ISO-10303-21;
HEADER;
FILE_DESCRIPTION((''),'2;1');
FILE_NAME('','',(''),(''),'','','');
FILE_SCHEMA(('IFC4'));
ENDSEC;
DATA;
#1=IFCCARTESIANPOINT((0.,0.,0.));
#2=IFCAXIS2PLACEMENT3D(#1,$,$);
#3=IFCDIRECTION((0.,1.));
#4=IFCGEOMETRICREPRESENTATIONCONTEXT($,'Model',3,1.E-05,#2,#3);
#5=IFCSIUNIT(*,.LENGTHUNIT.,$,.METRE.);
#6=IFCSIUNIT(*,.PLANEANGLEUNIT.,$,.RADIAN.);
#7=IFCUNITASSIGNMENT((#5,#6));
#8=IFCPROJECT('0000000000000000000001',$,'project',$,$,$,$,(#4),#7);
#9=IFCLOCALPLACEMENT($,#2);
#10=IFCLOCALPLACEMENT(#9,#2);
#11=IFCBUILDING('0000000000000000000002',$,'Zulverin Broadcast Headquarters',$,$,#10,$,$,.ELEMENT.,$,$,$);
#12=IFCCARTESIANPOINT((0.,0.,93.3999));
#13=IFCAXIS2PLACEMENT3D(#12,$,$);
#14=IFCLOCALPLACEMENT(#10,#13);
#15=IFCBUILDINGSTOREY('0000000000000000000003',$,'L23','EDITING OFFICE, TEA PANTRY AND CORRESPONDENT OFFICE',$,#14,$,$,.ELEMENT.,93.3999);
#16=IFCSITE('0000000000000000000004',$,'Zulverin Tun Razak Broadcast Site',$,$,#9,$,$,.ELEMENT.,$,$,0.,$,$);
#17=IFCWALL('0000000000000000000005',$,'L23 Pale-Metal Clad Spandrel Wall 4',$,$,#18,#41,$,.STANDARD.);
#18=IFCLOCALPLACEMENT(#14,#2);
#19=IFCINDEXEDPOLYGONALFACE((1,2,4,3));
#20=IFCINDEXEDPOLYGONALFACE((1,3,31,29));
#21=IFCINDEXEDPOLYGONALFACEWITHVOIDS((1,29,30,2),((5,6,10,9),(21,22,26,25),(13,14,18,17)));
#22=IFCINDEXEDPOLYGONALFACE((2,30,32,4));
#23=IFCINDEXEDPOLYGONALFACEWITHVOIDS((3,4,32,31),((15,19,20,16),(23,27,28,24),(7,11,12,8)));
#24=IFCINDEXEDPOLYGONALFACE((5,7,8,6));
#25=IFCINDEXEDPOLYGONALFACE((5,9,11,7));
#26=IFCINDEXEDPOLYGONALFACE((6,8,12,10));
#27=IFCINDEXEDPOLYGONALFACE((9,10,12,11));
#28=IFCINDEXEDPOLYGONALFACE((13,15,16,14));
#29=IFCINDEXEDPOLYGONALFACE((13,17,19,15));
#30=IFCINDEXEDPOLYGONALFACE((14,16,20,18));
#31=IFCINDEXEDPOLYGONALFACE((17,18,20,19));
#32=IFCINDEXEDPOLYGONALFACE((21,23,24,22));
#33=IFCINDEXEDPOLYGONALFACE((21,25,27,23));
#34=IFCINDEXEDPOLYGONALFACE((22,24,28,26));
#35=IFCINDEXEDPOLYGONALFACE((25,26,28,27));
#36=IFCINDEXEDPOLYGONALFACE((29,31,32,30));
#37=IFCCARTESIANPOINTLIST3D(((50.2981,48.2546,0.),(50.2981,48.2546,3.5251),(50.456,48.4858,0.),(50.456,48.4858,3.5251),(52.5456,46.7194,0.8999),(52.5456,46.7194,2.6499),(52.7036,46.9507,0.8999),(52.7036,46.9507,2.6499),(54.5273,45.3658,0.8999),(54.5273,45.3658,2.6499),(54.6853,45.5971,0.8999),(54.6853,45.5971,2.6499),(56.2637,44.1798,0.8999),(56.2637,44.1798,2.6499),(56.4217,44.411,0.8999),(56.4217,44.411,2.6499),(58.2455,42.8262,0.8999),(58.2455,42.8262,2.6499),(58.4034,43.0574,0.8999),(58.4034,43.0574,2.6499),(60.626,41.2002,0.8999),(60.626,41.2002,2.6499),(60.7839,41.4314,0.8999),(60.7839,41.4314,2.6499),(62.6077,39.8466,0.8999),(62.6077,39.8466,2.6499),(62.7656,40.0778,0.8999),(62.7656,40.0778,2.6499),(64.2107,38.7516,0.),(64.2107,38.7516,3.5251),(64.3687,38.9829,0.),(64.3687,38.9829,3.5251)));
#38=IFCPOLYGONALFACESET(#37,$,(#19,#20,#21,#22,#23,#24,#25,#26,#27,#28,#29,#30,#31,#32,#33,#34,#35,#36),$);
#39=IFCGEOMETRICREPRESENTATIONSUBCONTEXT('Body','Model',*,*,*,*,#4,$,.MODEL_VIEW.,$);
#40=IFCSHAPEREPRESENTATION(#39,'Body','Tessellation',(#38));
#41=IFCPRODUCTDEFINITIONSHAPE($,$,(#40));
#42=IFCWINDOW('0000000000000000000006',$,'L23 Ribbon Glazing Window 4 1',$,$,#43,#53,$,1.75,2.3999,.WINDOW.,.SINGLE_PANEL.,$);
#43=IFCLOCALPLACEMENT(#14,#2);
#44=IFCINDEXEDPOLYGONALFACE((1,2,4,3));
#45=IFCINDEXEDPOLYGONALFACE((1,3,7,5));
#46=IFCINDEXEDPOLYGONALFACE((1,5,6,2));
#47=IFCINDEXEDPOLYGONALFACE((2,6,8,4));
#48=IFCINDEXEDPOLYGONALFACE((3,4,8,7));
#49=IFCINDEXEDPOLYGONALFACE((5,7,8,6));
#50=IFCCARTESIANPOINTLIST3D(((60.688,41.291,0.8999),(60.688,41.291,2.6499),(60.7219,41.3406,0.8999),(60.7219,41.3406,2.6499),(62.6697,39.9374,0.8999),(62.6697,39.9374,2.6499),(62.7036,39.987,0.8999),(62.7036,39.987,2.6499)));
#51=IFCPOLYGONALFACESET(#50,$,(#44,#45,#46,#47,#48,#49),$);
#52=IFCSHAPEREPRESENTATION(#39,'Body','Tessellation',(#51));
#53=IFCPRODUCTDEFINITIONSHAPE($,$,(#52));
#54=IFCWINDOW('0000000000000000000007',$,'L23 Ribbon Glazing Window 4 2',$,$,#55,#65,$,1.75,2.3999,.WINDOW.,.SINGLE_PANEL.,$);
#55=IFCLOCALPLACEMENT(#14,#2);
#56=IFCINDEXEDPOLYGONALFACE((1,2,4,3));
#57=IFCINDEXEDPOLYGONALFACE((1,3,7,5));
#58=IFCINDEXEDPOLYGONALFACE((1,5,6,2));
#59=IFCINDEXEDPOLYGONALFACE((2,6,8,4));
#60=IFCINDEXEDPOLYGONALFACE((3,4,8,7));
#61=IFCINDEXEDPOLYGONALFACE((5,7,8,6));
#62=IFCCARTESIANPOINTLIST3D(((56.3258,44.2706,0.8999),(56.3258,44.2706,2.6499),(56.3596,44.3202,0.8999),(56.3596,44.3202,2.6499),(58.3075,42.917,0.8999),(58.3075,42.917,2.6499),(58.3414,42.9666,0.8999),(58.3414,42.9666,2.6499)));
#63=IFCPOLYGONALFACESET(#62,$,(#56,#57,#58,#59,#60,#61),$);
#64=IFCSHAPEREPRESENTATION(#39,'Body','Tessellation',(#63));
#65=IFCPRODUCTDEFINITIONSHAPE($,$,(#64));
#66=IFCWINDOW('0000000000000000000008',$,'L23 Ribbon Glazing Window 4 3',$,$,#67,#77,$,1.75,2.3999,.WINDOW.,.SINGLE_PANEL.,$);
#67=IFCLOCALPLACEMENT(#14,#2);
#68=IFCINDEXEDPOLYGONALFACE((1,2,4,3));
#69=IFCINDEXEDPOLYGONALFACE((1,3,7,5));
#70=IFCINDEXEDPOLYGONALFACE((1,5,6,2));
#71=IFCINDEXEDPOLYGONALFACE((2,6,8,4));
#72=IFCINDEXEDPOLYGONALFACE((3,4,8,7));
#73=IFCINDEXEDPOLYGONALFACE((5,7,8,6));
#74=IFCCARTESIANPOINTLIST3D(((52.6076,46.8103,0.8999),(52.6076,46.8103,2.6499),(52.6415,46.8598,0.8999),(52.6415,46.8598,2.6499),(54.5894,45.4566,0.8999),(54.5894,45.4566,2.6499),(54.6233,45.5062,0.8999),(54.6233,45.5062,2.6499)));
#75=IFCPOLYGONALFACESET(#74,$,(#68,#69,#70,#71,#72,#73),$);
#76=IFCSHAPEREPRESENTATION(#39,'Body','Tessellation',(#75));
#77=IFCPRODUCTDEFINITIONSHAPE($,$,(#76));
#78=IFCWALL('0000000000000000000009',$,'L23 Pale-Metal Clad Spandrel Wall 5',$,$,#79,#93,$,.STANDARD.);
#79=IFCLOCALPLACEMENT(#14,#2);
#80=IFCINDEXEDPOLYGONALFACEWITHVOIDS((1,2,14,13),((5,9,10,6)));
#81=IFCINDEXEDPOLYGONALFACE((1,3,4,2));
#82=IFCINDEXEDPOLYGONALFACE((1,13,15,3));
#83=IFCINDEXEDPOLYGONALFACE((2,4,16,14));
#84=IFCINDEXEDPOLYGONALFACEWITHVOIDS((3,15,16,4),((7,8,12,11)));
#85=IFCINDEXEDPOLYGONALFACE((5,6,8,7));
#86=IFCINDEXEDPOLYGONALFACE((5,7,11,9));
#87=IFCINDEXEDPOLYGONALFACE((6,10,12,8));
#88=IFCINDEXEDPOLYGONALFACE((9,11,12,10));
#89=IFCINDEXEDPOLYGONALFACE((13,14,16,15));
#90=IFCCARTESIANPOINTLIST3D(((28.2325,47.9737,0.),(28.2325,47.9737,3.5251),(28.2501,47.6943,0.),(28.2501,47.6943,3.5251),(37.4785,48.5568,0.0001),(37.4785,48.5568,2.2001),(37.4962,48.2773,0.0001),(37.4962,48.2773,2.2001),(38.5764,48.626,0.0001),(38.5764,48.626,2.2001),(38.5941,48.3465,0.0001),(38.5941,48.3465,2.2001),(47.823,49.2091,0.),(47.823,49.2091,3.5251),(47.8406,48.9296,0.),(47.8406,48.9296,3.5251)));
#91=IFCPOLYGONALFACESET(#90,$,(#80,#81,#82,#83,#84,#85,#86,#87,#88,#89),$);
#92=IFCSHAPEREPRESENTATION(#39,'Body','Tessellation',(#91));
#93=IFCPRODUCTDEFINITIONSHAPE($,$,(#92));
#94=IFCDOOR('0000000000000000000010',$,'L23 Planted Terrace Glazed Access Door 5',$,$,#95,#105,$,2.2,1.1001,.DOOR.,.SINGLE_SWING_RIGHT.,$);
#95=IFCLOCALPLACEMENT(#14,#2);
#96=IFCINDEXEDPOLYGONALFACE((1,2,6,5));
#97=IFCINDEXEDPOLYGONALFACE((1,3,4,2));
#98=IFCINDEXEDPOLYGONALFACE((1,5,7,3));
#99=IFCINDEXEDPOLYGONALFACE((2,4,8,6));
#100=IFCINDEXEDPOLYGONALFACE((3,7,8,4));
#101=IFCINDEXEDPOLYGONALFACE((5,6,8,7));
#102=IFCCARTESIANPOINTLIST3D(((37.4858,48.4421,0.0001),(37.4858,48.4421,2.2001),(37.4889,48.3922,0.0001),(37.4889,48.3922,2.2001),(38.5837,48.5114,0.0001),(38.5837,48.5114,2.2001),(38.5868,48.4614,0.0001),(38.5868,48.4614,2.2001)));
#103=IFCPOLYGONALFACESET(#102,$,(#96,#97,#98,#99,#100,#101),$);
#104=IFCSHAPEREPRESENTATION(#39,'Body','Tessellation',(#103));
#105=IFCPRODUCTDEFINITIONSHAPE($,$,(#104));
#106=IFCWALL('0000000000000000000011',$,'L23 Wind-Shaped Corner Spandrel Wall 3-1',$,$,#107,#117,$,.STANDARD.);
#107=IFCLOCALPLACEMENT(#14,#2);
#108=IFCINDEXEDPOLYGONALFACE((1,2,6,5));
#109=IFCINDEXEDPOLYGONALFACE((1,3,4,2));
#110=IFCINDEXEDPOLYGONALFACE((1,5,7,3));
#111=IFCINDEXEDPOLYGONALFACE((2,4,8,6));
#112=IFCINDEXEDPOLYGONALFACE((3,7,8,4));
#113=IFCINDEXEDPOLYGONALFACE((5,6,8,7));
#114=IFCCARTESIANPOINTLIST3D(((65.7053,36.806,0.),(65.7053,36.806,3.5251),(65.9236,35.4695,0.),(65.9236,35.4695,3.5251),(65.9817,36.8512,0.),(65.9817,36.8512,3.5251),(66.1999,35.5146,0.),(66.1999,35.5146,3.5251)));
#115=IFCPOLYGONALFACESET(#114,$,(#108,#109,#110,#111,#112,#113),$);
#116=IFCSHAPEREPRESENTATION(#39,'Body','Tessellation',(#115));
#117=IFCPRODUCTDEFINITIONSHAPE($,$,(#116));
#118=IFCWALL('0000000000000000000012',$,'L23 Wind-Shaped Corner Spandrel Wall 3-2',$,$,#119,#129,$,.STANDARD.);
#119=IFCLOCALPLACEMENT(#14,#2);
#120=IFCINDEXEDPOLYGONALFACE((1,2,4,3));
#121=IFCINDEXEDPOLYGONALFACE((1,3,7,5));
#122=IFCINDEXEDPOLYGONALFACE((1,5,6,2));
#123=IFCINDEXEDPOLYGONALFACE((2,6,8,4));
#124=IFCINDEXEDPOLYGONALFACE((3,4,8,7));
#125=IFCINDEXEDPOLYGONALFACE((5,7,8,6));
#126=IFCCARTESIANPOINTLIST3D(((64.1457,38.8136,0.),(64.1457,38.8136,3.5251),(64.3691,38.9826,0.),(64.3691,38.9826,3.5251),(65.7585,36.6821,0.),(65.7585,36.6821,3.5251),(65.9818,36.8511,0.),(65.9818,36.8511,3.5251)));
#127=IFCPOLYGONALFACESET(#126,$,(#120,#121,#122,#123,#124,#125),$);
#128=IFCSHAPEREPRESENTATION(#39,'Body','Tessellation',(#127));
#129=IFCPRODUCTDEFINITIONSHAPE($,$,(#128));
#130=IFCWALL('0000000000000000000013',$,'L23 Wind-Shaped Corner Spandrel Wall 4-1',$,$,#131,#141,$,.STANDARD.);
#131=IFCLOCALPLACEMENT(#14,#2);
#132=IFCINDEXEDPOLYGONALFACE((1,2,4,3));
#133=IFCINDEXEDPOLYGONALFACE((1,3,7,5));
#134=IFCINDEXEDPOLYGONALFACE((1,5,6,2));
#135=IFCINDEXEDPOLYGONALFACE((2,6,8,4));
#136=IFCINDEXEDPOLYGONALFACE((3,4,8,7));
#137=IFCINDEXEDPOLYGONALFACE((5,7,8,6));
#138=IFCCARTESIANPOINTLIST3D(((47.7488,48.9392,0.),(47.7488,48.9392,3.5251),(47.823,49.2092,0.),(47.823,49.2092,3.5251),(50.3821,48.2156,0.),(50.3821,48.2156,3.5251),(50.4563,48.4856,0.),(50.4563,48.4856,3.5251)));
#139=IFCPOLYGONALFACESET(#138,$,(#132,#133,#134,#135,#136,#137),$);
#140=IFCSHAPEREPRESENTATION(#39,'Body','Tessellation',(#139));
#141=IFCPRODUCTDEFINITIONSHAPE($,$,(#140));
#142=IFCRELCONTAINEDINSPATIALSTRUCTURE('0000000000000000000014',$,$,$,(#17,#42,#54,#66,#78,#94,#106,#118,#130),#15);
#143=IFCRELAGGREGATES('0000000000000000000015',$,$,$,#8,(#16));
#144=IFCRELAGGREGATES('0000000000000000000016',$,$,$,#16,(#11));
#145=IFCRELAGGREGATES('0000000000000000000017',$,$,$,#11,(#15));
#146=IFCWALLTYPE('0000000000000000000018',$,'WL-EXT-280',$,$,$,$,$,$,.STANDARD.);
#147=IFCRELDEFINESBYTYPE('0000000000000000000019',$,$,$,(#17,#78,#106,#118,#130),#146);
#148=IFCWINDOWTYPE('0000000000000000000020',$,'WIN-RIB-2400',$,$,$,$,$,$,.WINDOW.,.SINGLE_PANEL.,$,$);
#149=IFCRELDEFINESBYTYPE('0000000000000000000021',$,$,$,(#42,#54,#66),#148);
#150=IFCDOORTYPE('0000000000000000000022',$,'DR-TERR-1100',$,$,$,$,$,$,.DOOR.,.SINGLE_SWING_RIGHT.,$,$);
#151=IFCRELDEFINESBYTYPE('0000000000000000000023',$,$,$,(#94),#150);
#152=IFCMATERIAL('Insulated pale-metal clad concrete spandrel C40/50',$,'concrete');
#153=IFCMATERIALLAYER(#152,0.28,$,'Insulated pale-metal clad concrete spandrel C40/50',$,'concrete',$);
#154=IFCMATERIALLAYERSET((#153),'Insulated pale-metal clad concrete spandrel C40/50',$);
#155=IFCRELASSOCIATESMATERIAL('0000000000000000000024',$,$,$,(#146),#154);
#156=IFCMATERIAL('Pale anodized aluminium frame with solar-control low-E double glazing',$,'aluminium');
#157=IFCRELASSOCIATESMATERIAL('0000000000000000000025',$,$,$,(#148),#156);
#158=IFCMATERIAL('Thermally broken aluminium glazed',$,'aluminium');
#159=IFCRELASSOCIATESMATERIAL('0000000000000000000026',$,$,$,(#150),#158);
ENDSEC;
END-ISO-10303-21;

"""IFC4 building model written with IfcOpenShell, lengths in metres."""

from ifc_helpers import new_model, si_unit, direction, frame, frame_2d, origin, place, context, subcontext, project, spatial, rectangle, extrude, material, layer, layer_set, type_object, element, fill, save


model = new_model("IFC4")

# Units and contexts
model_context = context("Model", 3, precision=1e-05, world=origin(), true_north=direction((0.0, 1.0)))
body_context = subcontext(model_context, "Body", "Model", "MODEL_VIEW")
ifc_project = project(units=[si_unit("LENGTHUNIT", "METRE"), si_unit("PLANEANGLEUNIT", "RADIAN")], contexts=[model_context])

# Site, building, storey
site_placement = place(None, origin())
site = spatial("IfcSite", under=ifc_project, at=site_placement, Name="Zulverin Tun Razak Broadcast Site", CompositionType="ELEMENT", RefElevation=0.0)
building_placement = place(site_placement, origin())
building = spatial("IfcBuilding", under=site, at=building_placement, Name="Zulverin Broadcast Headquarters", CompositionType="ELEMENT")
storey_placement = place(building_placement, frame((0.0, 0.0, 93.3999)))
storey = spatial("IfcBuildingStorey", under=building, at=storey_placement, Name="L23", Description="EDITING OFFICE, TEA PANTRY AND CORRESPONDENT OFFICE", CompositionType="ELEMENT", Elevation=93.3999)

# Wall, openings, windows
ifc_material_1 = material(Name="Insulated pale-metal clad concrete spandrel C40/50", Category="concrete")
ifc_layer_1 = layer(ifc_material_1, 0.28, Name="Insulated pale-metal clad concrete spandrel C40/50", Category="concrete")
ifc_layer_set_1 = layer_set([ifc_layer_1], Name="Insulated pale-metal clad concrete spandrel C40/50")
wall_type = type_object("IfcWallType", Name="WL-EXT-280", PredefinedType="STANDARD", material=ifc_layer_set_1)
wall_1_placement = place(storey_placement, frame((64.2898, 38.8672, 0.0), z_axis=(0.0, 0.0, 1.0), x_axis=(-0.825756, 0.564028, 0.0)))
wall_1 = element("IfcWall", 1, at=wall_1_placement, inside=storey, type_object=wall_type, Name="L23 Pale-Metal Clad Spandrel Wall 4", PredefinedType="STANDARD", context=body_context, shape_type="SweptSolid", body=[
    extrude(rectangle(XDim=16.8484, YDim=0.28, at=frame_2d((8.4243, 0.0))), origin(), (0.0, 0.0, 1.0), 3.5251),
])
opening_1_placement = place(wall_1_placement, frame((1.9414, 0.0, 0.8999)))
opening_1 = element("IfcOpeningElement", 2, at=opening_1_placement, cuts=wall_1, PredefinedType="OPENING", context=body_context, shape_type="SweptSolid", body=[
    extrude(rectangle(XDim=2.3999, YDim=1.75, at=frame_2d((1.2, 0.875))), frame((0.0, 0.1499, 0.0), z_axis=(0.0, -1.0, 0.0), x_axis=(1.0, 0.0, 0.0)), (0.0, 0.0, 1.0), 0.3),
])
opening_2_placement = place(wall_1_placement, frame((7.2241, 0.0, 0.8999)))
opening_2 = element("IfcOpeningElement", 3, at=opening_2_placement, cuts=wall_1, PredefinedType="OPENING", context=body_context, shape_type="SweptSolid", body=[
    extrude(rectangle(XDim=2.3999, YDim=1.75, at=frame_2d((1.2, 0.875))), frame((0.0, 0.1499, 0.0), z_axis=(0.0, -1.0, 0.0), x_axis=(1.0, 0.0, 0.0)), (0.0, 0.0, 1.0), 0.3),
])
opening_3_placement = place(wall_1_placement, frame((11.7268, 0.0, 0.8999)))
opening_3 = element("IfcOpeningElement", 4, at=opening_3_placement, cuts=wall_1, PredefinedType="OPENING", context=body_context, shape_type="SweptSolid", body=[
    extrude(rectangle(XDim=2.3999, YDim=1.75, at=frame_2d((1.2, 0.875))), frame((0.0, 0.1499, 0.0), z_axis=(0.0, -1.0, 0.0), x_axis=(1.0, 0.0, 0.0)), (0.0, 0.0, 1.0), 0.3),
])
ifc_material_2 = material(Name="Pale anodized aluminium frame with solar-control low-E double glazing", Category="aluminium")
window_type = type_object("IfcWindowType", Name="WIN-RIB-2400", PartitioningType="SINGLE_PANEL", PredefinedType="WINDOW", material=ifc_material_2)
window_1_placement = place(opening_1_placement, origin())
window_1 = element("IfcWindow", 5, at=window_1_placement, inside=storey, type_object=window_type, Name="L23 Ribbon Glazing Window 4 1", OverallHeight=1.75, OverallWidth=2.3999, PartitioningType="SINGLE_PANEL", PredefinedType="WINDOW", context=body_context, shape_type="SweptSolid", body=[
    extrude(rectangle(XDim=2.3999, YDim=1.75, at=frame_2d((1.2, 0.875))), frame((0.0, 0.03, 0.0), z_axis=(0.0, -1.0, 0.0), x_axis=(1.0, 0.0, 0.0)), (0.0, 0.0, 1.0), 0.0601),
])
fill(opening_1, window_1)
window_2_placement = place(opening_2_placement, origin())
window_2 = element("IfcWindow", 6, at=window_2_placement, inside=storey, type_object=window_type, Name="L23 Ribbon Glazing Window 4 2", OverallHeight=1.75, OverallWidth=2.3999, PartitioningType="SINGLE_PANEL", PredefinedType="WINDOW", context=body_context, shape_type="SweptSolid", body=[
    extrude(rectangle(XDim=2.3999, YDim=1.75, at=frame_2d((1.2, 0.875))), frame((0.0, 0.03, 0.0), z_axis=(0.0, -1.0, 0.0), x_axis=(1.0, 0.0, 0.0)), (0.0, 0.0, 1.0), 0.0601),
])
fill(opening_2, window_2)
window_3_placement = place(opening_3_placement, origin())
window_3 = element("IfcWindow", 7, at=window_3_placement, inside=storey, type_object=window_type, Name="L23 Ribbon Glazing Window 4 3", OverallHeight=1.75, OverallWidth=2.3999, PartitioningType="SINGLE_PANEL", PredefinedType="WINDOW", context=body_context, shape_type="SweptSolid", body=[
    extrude(rectangle(XDim=2.3999, YDim=1.75, at=frame_2d((1.2, 0.875))), frame((0.0, 0.03, 0.0), z_axis=(0.0, -1.0, 0.0), x_axis=(1.0, 0.0, 0.0)), (0.0, 0.0, 1.0), 0.0601),
])
fill(opening_3, window_3)

# Wall, opening, door
wall_2_placement = place(storey_placement, frame((47.8318, 49.0693, 0.0), z_axis=(0.0, 0.0, 1.0), x_axis=(-0.998018, -0.062933, 0.0)))
wall_2 = element("IfcWall", 8, at=wall_2_placement, inside=storey, type_object=wall_type, Name="L23 Pale-Metal Clad Spandrel Wall 5", PredefinedType="STANDARD", context=body_context, shape_type="SweptSolid", body=[
    extrude(rectangle(XDim=19.6294, YDim=0.28, at=frame_2d((9.8147, 0.0))), origin(), (0.0, 0.0, 1.0), 3.5251),
])
opening_4_placement = place(wall_2_placement, frame((9.2649, 0.0, 0.0)))
opening_4 = element("IfcOpeningElement", 9, at=opening_4_placement, cuts=wall_2, PredefinedType="OPENING", context=body_context, shape_type="SweptSolid", body=[
    extrude(rectangle(XDim=1.1001, YDim=2.2, at=frame_2d((0.55, 1.1001))), frame((0.0, 0.1499, 0.0), z_axis=(0.0, -1.0, 0.0), x_axis=(1.0, 0.0, 0.0)), (0.0, 0.0, 1.0), 0.3),
])
ifc_material_3 = material(Name="Thermally broken aluminium glazed", Category="aluminium")
door_type = type_object("IfcDoorType", Name="DR-TERR-1100", OperationType="SINGLE_SWING_RIGHT", PredefinedType="DOOR", material=ifc_material_3)
door_placement = place(opening_4_placement, origin())
door = element("IfcDoor", 10, at=door_placement, inside=storey, type_object=door_type, Name="L23 Planted Terrace Glazed Access Door 5", OperationType="SINGLE_SWING_RIGHT", OverallHeight=2.2, OverallWidth=1.1001, PredefinedType="DOOR", context=body_context, shape_type="SweptSolid", body=[
    extrude(rectangle(XDim=1.1001, YDim=2.2, at=frame_2d((0.55, 1.1001))), frame((0.0, 0.0249, 0.0), z_axis=(0.0, -1.0, 0.0), x_axis=(1.0, 0.0, 0.0)), (0.0, 0.0, 1.0), 0.05),
])
fill(opening_4, door)

# Walls
wall_3_placement = place(storey_placement, frame((66.0618, 35.4919, 0.0), z_axis=(0.0, 0.0, 1.0), x_axis=(-0.161182, 0.986925, 0.0)))
element("IfcWall", 11, at=wall_3_placement, inside=storey, type_object=wall_type, Name="L23 Wind-Shaped Corner Spandrel Wall 3-1", PredefinedType="STANDARD", context=body_context, shape_type="SweptSolid", body=[
    extrude(rectangle(XDim=1.3542, YDim=0.28, at=frame_2d((0.6772, 0.0))), origin(), (0.0, 0.0, 1.0), 3.5251),
])
wall_4_placement = place(storey_placement, frame((65.8701, 36.7666, 0.0), z_axis=(0.0, 0.0, 1.0), x_axis=(-0.60337, 0.797461, 0.0)))
element("IfcWall", 12, at=wall_4_placement, inside=storey, type_object=wall_type, Name="L23 Wind-Shaped Corner Spandrel Wall 3-2", PredefinedType="STANDARD", context=body_context, shape_type="SweptSolid", body=[
    extrude(rectangle(XDim=2.6729, YDim=0.28, at=frame_2d((1.3364, 0.0))), origin(), (0.0, 0.0, 1.0), 3.5251),
])
wall_5_placement = place(storey_placement, frame((50.4192, 48.3506, 0.0), z_axis=(0.0, 0.0, 1.0), x_axis=(-0.964255, 0.264978, 0.0)))
element("IfcWall", 13, at=wall_5_placement, inside=storey, type_object=wall_type, Name="L23 Wind-Shaped Corner Spandrel Wall 4-1", PredefinedType="STANDARD", context=body_context, shape_type="SweptSolid", body=[
    extrude(rectangle(XDim=2.731, YDim=0.28, at=frame_2d((1.3655, 0.0))), origin(), (0.0, 0.0, 1.0), 3.5251),
])

save(model, "model.ifc")
